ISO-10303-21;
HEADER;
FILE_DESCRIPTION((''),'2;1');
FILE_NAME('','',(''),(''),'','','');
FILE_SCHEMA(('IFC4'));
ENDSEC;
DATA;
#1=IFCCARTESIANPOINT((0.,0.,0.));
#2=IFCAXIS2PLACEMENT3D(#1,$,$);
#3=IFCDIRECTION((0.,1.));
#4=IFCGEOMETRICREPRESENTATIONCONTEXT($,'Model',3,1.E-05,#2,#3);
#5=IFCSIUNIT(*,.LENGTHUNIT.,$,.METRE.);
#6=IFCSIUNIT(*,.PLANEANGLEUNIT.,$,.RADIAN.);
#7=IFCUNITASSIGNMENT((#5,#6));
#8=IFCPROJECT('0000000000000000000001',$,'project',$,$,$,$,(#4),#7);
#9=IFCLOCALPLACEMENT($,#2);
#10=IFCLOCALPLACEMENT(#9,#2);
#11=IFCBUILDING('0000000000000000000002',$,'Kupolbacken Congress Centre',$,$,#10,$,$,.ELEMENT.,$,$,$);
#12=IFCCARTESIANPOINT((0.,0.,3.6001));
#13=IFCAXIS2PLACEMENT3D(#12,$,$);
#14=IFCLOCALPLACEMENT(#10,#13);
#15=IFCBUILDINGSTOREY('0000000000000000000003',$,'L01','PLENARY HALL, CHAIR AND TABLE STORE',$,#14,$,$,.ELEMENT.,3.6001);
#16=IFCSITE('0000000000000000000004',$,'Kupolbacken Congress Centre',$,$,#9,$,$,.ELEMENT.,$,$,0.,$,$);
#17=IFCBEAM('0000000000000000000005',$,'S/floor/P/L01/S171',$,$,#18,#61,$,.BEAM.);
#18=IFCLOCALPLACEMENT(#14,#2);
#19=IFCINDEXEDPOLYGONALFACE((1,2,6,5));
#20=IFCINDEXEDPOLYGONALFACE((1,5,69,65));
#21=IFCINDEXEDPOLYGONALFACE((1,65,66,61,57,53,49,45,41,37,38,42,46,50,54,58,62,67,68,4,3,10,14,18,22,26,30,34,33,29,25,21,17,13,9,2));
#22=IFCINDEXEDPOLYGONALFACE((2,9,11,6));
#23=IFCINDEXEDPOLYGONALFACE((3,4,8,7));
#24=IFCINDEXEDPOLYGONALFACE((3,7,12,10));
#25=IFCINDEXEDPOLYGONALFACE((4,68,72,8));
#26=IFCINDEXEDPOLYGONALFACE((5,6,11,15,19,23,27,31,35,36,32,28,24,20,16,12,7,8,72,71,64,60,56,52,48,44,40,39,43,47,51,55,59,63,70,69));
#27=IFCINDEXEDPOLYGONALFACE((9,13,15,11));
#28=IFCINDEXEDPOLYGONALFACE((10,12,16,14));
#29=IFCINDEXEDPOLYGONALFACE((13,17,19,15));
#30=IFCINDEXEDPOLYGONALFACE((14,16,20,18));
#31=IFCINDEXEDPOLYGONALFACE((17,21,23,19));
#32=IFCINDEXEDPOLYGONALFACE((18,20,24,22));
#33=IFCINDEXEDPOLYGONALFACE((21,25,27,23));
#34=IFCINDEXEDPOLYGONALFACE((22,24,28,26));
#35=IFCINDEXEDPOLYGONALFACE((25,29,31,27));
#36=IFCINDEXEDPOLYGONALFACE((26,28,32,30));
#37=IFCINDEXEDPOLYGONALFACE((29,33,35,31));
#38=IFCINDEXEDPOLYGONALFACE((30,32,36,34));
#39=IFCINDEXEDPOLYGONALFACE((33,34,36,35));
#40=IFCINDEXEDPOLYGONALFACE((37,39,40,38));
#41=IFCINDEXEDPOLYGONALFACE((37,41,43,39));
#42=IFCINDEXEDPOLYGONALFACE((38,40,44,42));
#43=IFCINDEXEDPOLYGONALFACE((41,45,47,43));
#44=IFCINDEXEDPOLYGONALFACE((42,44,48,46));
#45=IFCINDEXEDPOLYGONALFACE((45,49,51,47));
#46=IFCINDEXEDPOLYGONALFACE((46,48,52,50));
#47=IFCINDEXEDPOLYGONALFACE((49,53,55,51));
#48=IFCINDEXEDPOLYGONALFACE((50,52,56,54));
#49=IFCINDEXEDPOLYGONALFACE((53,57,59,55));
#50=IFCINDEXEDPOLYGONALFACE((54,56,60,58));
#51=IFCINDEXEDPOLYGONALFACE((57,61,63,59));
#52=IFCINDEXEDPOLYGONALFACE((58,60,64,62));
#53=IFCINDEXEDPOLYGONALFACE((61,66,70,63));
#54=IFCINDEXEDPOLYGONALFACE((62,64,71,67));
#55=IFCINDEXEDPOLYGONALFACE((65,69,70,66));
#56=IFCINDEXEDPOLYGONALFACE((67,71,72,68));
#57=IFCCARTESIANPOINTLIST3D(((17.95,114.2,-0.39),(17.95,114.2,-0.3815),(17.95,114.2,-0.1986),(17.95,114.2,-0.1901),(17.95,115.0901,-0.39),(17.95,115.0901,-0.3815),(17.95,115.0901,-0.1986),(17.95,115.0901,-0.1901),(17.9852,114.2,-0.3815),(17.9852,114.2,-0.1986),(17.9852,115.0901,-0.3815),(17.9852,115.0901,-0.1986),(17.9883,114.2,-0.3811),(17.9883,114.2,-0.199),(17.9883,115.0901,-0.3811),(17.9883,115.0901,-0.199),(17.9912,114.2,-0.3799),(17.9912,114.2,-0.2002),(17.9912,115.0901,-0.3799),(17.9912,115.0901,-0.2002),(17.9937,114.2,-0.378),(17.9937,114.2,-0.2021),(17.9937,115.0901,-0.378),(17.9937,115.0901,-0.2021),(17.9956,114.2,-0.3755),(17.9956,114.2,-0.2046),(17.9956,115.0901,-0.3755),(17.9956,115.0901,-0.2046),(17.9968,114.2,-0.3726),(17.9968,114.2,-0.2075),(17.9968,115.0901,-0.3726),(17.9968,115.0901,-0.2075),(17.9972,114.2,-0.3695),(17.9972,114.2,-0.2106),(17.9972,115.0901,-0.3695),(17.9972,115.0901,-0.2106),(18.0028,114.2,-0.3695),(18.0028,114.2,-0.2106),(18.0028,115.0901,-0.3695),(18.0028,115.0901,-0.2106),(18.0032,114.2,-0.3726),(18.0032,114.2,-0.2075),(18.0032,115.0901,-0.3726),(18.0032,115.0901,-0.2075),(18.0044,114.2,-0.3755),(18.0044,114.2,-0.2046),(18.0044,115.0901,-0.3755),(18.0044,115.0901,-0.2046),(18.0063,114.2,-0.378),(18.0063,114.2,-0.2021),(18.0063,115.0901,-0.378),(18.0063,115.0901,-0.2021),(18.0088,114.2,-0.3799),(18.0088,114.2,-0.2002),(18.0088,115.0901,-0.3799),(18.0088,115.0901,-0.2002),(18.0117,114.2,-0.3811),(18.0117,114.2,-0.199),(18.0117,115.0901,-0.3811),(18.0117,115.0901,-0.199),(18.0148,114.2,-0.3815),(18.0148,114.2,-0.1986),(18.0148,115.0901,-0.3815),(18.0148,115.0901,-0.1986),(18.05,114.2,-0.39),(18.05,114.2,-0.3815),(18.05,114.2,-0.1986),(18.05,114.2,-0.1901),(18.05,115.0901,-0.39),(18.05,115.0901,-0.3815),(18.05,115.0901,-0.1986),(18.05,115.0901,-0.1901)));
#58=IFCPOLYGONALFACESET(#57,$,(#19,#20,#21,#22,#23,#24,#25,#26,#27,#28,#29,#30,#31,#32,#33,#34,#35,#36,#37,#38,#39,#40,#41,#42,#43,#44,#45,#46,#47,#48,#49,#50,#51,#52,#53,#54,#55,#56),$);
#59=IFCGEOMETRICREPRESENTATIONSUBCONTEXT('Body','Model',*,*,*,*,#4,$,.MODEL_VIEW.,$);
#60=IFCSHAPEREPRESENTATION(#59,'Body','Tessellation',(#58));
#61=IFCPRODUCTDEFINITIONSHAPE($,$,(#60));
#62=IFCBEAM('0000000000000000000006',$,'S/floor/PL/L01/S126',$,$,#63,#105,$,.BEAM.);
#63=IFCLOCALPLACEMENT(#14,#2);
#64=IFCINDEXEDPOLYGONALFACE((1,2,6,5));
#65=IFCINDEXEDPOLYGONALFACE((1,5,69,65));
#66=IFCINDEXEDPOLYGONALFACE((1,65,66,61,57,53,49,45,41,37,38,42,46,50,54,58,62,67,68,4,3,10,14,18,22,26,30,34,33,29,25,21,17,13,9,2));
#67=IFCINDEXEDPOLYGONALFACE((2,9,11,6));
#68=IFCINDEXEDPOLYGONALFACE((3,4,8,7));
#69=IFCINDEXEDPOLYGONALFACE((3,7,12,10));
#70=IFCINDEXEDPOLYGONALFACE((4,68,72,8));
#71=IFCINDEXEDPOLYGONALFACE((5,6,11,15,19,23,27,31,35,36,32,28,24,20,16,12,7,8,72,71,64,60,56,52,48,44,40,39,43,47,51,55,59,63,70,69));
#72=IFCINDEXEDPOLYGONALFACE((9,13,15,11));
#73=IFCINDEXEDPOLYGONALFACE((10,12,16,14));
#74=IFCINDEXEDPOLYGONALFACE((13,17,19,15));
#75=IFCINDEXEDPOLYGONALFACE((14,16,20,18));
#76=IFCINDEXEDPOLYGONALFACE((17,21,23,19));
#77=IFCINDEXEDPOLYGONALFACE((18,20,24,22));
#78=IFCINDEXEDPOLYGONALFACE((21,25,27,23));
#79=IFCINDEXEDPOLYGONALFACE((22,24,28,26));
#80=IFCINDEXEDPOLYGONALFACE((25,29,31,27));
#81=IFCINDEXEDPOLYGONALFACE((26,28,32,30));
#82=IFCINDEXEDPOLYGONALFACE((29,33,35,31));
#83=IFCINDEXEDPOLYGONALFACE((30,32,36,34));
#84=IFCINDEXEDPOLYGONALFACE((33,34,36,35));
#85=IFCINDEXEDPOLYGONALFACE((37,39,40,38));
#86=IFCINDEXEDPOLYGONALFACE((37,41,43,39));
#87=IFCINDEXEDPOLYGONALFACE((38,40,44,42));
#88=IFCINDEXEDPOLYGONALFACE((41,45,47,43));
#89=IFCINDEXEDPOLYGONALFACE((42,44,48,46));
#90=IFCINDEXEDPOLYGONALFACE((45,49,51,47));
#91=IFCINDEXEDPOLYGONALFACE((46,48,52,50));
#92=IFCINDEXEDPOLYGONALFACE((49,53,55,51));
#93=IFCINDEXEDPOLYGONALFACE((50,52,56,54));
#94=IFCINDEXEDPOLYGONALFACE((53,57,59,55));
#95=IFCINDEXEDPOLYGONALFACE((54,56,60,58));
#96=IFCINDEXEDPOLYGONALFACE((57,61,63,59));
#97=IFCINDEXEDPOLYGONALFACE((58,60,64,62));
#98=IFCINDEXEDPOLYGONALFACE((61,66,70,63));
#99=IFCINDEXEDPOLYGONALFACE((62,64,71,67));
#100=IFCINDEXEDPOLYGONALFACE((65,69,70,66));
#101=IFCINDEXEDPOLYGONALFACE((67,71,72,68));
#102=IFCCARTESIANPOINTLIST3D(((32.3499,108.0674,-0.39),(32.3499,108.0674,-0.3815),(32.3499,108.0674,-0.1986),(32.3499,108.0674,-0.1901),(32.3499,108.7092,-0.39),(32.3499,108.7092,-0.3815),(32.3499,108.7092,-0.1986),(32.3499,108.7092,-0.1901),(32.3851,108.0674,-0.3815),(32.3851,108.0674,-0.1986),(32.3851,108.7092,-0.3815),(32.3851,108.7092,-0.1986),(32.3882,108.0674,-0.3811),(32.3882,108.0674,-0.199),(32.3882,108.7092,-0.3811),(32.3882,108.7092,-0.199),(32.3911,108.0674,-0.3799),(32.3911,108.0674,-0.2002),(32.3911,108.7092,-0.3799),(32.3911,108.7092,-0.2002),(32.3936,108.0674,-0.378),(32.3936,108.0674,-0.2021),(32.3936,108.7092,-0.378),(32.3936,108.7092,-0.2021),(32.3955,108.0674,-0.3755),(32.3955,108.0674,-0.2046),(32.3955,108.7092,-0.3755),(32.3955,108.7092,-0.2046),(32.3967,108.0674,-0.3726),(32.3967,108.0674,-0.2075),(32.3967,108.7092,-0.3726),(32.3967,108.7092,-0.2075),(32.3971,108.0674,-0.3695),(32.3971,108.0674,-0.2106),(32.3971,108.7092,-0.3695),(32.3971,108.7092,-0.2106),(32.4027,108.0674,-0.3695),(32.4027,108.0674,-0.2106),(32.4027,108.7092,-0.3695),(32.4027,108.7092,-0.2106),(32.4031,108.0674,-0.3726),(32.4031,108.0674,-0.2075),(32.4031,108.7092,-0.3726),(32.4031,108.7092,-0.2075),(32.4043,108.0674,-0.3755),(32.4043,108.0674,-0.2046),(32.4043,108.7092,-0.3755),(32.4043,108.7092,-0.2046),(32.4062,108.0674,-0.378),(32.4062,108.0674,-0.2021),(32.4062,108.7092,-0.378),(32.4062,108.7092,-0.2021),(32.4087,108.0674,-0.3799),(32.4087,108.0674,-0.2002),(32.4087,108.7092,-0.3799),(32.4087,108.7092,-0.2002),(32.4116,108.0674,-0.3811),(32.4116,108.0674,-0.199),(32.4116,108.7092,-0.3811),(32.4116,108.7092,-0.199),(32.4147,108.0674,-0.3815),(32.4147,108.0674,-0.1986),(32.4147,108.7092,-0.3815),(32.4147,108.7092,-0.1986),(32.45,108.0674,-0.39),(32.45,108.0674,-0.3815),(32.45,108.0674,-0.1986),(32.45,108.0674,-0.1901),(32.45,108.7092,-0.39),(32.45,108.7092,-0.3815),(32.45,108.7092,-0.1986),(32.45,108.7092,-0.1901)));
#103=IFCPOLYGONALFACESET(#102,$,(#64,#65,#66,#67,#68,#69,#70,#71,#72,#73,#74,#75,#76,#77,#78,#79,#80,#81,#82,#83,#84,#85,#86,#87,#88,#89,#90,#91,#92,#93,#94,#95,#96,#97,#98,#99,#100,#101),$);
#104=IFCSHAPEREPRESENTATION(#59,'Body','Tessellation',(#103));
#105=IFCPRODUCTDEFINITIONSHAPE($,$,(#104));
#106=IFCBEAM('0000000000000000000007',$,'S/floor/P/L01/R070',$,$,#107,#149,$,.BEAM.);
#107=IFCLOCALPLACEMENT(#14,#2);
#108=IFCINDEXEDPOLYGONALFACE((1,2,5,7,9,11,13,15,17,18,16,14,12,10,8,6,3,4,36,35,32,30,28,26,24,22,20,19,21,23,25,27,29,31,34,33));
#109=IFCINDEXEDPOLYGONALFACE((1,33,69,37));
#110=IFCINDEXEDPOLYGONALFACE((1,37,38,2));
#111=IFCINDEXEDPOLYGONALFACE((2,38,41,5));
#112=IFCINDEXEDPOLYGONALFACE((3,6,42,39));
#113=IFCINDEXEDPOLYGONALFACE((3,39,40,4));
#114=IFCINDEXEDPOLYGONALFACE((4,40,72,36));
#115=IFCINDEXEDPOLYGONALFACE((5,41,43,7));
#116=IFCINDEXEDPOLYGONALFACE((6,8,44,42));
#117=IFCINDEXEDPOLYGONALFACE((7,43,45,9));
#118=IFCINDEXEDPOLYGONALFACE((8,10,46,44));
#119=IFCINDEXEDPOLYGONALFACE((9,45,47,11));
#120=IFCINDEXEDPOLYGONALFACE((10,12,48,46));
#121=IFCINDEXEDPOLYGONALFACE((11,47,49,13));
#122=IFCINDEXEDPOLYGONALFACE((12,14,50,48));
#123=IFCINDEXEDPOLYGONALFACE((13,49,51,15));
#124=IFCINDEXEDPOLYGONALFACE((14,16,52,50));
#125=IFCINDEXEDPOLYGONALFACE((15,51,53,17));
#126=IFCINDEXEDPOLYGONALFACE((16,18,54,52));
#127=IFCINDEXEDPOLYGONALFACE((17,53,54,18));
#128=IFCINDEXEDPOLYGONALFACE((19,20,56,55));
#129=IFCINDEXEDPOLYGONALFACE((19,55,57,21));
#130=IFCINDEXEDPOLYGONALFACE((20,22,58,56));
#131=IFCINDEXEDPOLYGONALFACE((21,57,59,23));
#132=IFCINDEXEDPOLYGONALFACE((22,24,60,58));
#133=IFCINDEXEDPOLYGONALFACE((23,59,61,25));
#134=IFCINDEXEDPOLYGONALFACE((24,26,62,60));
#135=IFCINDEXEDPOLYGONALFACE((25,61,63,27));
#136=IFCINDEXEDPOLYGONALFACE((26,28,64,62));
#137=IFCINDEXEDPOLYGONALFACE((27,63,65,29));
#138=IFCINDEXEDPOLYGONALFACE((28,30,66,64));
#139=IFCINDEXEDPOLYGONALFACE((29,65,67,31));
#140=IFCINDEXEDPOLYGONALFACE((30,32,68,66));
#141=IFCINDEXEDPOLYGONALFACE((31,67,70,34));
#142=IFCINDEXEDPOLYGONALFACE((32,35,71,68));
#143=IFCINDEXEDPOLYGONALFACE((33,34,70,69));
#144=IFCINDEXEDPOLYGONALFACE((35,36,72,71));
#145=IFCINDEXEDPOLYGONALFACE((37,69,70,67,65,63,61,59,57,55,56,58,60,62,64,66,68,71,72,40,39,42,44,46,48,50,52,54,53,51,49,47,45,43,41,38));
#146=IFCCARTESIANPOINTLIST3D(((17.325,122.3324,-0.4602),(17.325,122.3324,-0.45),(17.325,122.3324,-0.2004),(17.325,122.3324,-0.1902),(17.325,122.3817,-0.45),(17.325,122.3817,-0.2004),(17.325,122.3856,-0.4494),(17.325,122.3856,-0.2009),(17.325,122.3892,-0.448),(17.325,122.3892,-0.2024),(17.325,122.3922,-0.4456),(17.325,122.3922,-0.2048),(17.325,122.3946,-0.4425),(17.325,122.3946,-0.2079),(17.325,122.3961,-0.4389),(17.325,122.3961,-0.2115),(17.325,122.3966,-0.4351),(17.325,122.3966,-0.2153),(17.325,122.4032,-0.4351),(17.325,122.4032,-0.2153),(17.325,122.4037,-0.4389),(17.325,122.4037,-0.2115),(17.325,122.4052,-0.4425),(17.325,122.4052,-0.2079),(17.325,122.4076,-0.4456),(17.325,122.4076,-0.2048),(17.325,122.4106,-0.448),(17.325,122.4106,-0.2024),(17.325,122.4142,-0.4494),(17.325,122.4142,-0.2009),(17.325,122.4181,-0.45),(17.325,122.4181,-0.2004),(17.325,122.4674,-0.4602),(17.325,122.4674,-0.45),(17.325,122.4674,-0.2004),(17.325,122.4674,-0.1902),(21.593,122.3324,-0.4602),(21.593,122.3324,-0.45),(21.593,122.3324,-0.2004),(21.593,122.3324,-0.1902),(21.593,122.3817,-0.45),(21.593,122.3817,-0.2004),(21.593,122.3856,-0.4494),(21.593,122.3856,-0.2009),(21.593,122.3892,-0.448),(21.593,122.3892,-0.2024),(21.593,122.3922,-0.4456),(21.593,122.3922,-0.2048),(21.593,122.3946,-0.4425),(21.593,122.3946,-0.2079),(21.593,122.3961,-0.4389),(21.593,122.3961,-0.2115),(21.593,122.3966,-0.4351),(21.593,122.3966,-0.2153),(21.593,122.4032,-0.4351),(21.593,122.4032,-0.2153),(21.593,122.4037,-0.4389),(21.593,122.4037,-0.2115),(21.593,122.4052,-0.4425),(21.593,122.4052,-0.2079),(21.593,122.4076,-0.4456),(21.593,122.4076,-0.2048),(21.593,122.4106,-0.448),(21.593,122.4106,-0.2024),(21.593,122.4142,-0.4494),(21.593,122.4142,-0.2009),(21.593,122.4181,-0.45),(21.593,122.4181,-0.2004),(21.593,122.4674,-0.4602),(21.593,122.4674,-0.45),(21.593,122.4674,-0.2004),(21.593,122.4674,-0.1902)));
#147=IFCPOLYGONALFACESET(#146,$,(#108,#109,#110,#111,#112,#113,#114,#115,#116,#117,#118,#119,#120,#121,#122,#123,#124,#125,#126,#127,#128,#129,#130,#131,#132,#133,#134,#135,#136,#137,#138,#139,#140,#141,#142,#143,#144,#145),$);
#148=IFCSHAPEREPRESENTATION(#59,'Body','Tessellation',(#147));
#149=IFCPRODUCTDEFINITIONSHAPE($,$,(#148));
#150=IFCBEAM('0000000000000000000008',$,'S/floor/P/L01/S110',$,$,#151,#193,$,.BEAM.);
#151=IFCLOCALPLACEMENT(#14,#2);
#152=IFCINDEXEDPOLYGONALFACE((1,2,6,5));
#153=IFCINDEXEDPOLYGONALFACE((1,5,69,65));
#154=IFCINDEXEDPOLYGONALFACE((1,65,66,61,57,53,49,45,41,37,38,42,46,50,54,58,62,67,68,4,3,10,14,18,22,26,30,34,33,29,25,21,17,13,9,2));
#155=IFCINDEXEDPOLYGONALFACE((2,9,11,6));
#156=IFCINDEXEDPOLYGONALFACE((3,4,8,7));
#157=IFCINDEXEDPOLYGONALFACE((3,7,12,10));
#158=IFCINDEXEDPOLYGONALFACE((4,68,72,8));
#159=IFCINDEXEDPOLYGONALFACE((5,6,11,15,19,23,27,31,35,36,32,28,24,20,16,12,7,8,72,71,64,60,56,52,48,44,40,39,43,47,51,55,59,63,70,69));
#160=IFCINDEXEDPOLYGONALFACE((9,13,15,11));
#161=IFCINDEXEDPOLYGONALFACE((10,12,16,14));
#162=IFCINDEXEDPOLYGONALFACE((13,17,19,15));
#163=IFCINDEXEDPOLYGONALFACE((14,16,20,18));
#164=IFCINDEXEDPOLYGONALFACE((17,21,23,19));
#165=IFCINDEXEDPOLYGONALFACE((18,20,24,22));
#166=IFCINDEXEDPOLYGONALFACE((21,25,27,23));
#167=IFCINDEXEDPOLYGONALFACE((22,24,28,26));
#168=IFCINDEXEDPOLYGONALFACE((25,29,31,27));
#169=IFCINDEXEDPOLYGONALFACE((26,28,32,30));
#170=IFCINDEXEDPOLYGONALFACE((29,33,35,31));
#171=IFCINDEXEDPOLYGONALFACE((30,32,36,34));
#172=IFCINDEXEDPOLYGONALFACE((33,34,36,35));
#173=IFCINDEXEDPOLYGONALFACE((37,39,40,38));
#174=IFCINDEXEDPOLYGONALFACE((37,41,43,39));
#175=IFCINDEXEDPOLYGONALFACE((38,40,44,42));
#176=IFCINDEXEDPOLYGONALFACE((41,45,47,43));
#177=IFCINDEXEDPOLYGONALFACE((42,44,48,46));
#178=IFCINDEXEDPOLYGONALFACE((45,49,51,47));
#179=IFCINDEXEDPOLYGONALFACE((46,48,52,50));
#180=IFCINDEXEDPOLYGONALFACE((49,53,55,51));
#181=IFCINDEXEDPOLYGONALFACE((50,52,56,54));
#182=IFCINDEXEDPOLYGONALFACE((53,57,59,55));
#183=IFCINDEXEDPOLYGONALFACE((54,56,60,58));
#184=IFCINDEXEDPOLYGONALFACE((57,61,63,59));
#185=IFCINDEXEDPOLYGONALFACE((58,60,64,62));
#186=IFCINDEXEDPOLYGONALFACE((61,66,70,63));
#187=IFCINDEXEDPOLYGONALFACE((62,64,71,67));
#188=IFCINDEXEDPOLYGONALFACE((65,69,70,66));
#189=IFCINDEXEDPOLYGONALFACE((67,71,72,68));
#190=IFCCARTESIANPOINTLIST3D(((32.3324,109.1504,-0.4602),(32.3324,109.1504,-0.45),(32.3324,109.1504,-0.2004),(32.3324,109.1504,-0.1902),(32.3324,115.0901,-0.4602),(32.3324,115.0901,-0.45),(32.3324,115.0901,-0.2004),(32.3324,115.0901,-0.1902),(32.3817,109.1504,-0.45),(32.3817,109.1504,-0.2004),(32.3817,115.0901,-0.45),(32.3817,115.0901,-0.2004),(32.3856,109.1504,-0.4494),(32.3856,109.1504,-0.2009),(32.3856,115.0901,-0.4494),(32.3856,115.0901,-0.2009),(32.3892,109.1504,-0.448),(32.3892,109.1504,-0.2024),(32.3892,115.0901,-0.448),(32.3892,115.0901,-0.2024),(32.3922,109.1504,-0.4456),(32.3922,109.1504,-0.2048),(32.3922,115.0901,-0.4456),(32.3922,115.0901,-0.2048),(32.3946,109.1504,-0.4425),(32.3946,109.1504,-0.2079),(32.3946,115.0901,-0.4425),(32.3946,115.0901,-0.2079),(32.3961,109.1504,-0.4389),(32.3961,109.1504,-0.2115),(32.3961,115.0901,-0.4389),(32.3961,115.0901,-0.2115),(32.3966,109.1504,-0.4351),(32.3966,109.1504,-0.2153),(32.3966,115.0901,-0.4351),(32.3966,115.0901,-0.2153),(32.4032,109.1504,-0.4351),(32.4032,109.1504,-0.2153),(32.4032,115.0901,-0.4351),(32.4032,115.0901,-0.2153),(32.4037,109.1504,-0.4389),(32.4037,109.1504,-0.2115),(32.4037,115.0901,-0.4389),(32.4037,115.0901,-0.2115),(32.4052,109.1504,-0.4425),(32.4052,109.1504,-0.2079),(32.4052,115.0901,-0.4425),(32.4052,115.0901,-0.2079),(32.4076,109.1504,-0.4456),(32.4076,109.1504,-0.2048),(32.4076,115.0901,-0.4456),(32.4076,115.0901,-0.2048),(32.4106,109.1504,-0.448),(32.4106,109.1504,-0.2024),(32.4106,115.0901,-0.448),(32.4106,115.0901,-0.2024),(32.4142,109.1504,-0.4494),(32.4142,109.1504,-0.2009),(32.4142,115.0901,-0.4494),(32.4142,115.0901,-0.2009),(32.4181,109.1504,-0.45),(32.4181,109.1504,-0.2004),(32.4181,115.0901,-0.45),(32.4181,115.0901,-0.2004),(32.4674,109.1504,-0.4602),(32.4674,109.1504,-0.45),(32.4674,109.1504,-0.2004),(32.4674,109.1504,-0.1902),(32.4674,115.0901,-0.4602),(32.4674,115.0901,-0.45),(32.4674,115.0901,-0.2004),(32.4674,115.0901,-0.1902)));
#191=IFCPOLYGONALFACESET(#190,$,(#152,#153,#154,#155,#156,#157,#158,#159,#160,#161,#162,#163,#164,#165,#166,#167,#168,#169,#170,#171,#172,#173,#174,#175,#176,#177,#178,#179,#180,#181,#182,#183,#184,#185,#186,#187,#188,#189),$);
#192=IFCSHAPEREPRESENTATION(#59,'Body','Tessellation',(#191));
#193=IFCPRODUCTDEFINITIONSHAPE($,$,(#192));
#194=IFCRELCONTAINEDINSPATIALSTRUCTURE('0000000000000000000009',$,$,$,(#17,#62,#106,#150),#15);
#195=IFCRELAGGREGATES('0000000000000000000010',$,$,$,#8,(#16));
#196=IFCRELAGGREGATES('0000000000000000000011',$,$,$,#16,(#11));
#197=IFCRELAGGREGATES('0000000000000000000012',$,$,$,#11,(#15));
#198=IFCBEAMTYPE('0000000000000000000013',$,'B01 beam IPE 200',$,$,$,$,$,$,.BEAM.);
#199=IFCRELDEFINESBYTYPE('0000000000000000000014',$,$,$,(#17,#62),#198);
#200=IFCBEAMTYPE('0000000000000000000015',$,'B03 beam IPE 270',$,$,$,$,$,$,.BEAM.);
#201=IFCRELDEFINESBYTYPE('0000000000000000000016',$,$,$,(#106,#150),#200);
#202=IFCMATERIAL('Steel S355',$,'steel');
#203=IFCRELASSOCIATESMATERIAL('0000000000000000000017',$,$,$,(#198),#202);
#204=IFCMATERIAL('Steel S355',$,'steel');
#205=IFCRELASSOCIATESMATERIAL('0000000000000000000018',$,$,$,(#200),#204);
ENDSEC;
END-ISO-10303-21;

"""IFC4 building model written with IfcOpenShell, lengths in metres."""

from ifc_helpers import new_model, si_unit, direction, frame, origin, origin_2d, place, context, subcontext, project, spatial, i_section, extrude, material, material_profile, profile_set, type_object, element, save


model = new_model("IFC4")

# Units and contexts
model_context = context("Model", 3, precision=1e-05, world=origin(), true_north=direction((0.0, 1.0)))
body_context = subcontext(model_context, "Body", "Model", "MODEL_VIEW")
ifc_project = project(units=[si_unit("LENGTHUNIT", "METRE"), si_unit("PLANEANGLEUNIT", "RADIAN")], contexts=[model_context])

# Site, building, storey
site_placement = place(None, origin())
site = spatial("IfcSite", under=ifc_project, at=site_placement, Name="Kupolbacken Congress Centre", CompositionType="ELEMENT", RefElevation=0.0)
building_placement = place(site_placement, origin())
building = spatial("IfcBuilding", under=site, at=building_placement, Name="Kupolbacken Congress Centre", CompositionType="ELEMENT")
storey_placement = place(building_placement, frame((0.0, 0.0, 3.6001)))
storey = spatial("IfcBuildingStorey", under=building, at=storey_placement, Name="L01", Description="PLENARY HALL, CHAIR AND TABLE STORE", CompositionType="ELEMENT", Elevation=3.6001)

# Beams
ifc_material_1 = material(Name="Steel S355", Category="steel")
ifc_material_profile_1 = material_profile(ifc_material_1, i_section(OverallWidth=0.1001, OverallDepth=0.2, WebThickness=0.0056, FlangeThickness=0.0085, FilletRadius=0.012, at=origin_2d()), Name="IPE 200")
ifc_profile_set_1 = profile_set([ifc_material_profile_1], Name="Steel S355")
beam_type_1 = type_object("IfcBeamType", Name="B01 beam IPE 200", PredefinedType="BEAM", material=ifc_profile_set_1)
beam_1_placement = place(storey_placement, frame((18.0, 114.2, -0.29), z_axis=(0.0, 1.0, 0.0), x_axis=(-1.0, 0.0, 0.0)))
element("IfcBeam", 1, at=beam_1_placement, inside=storey, type_object=beam_type_1, Name="S/floor/P/L01/S171", PredefinedType="BEAM", context=body_context, shape_type="SweptSolid", body=[
    extrude(i_section(OverallWidth=0.1001, OverallDepth=0.2, WebThickness=0.0056, FlangeThickness=0.0085, FilletRadius=0.012, at=origin_2d()), origin(), (0.0, 0.0, 1.0), 0.8901),
])
beam_2_placement = place(storey_placement, frame((32.3999, 108.0674, -0.29), z_axis=(0.0, 1.0, 0.0), x_axis=(-1.0, 0.0, 0.0)))
element("IfcBeam", 2, at=beam_2_placement, inside=storey, type_object=beam_type_1, Name="S/floor/PL/L01/S126", PredefinedType="BEAM", context=body_context, shape_type="SweptSolid", body=[
    extrude(i_section(OverallWidth=0.1001, OverallDepth=0.2, WebThickness=0.0056, FlangeThickness=0.0085, FilletRadius=0.012, at=origin_2d()), origin(), (0.0, 0.0, 1.0), 0.6418),
])
ifc_material_2 = material(Name="Steel S355", Category="steel")
ifc_material_profile_2 = material_profile(ifc_material_2, i_section(OverallWidth=0.135, OverallDepth=0.27, WebThickness=0.0066, FlangeThickness=0.0103, FilletRadius=0.0149, at=origin_2d()), Name="IPE 270")
ifc_profile_set_2 = profile_set([ifc_material_profile_2], Name="Steel S355")
beam_type_2 = type_object("IfcBeamType", Name="B03 beam IPE 270", PredefinedType="BEAM", material=ifc_profile_set_2)
beam_3_placement = place(storey_placement, frame((17.325, 122.3999, -0.3252), z_axis=(1.0, 0.0, 0.0), x_axis=(0.0, 1.0, 0.0)))
element("IfcBeam", 3, at=beam_3_placement, inside=storey, type_object=beam_type_2, Name="S/floor/P/L01/R070", PredefinedType="BEAM", context=body_context, shape_type="SweptSolid", body=[
    extrude(i_section(OverallWidth=0.135, OverallDepth=0.27, WebThickness=0.0066, FlangeThickness=0.0103, FilletRadius=0.0149, at=origin_2d()), origin(), (0.0, 0.0, 1.0), 4.2681),
])
beam_4_placement = place(storey_placement, frame((32.3999, 109.1504, -0.3252), z_axis=(0.0, 1.0, 0.0), x_axis=(-1.0, 0.0, 0.0)))
element("IfcBeam", 4, at=beam_4_placement, inside=storey, type_object=beam_type_2, Name="S/floor/P/L01/S110", PredefinedType="BEAM", context=body_context, shape_type="SweptSolid", body=[
    extrude(i_section(OverallWidth=0.135, OverallDepth=0.27, WebThickness=0.0066, FlangeThickness=0.0103, FilletRadius=0.0149, at=origin_2d()), origin(), (0.0, 0.0, 1.0), 5.9397),
])

save(model, "model.ifc")
